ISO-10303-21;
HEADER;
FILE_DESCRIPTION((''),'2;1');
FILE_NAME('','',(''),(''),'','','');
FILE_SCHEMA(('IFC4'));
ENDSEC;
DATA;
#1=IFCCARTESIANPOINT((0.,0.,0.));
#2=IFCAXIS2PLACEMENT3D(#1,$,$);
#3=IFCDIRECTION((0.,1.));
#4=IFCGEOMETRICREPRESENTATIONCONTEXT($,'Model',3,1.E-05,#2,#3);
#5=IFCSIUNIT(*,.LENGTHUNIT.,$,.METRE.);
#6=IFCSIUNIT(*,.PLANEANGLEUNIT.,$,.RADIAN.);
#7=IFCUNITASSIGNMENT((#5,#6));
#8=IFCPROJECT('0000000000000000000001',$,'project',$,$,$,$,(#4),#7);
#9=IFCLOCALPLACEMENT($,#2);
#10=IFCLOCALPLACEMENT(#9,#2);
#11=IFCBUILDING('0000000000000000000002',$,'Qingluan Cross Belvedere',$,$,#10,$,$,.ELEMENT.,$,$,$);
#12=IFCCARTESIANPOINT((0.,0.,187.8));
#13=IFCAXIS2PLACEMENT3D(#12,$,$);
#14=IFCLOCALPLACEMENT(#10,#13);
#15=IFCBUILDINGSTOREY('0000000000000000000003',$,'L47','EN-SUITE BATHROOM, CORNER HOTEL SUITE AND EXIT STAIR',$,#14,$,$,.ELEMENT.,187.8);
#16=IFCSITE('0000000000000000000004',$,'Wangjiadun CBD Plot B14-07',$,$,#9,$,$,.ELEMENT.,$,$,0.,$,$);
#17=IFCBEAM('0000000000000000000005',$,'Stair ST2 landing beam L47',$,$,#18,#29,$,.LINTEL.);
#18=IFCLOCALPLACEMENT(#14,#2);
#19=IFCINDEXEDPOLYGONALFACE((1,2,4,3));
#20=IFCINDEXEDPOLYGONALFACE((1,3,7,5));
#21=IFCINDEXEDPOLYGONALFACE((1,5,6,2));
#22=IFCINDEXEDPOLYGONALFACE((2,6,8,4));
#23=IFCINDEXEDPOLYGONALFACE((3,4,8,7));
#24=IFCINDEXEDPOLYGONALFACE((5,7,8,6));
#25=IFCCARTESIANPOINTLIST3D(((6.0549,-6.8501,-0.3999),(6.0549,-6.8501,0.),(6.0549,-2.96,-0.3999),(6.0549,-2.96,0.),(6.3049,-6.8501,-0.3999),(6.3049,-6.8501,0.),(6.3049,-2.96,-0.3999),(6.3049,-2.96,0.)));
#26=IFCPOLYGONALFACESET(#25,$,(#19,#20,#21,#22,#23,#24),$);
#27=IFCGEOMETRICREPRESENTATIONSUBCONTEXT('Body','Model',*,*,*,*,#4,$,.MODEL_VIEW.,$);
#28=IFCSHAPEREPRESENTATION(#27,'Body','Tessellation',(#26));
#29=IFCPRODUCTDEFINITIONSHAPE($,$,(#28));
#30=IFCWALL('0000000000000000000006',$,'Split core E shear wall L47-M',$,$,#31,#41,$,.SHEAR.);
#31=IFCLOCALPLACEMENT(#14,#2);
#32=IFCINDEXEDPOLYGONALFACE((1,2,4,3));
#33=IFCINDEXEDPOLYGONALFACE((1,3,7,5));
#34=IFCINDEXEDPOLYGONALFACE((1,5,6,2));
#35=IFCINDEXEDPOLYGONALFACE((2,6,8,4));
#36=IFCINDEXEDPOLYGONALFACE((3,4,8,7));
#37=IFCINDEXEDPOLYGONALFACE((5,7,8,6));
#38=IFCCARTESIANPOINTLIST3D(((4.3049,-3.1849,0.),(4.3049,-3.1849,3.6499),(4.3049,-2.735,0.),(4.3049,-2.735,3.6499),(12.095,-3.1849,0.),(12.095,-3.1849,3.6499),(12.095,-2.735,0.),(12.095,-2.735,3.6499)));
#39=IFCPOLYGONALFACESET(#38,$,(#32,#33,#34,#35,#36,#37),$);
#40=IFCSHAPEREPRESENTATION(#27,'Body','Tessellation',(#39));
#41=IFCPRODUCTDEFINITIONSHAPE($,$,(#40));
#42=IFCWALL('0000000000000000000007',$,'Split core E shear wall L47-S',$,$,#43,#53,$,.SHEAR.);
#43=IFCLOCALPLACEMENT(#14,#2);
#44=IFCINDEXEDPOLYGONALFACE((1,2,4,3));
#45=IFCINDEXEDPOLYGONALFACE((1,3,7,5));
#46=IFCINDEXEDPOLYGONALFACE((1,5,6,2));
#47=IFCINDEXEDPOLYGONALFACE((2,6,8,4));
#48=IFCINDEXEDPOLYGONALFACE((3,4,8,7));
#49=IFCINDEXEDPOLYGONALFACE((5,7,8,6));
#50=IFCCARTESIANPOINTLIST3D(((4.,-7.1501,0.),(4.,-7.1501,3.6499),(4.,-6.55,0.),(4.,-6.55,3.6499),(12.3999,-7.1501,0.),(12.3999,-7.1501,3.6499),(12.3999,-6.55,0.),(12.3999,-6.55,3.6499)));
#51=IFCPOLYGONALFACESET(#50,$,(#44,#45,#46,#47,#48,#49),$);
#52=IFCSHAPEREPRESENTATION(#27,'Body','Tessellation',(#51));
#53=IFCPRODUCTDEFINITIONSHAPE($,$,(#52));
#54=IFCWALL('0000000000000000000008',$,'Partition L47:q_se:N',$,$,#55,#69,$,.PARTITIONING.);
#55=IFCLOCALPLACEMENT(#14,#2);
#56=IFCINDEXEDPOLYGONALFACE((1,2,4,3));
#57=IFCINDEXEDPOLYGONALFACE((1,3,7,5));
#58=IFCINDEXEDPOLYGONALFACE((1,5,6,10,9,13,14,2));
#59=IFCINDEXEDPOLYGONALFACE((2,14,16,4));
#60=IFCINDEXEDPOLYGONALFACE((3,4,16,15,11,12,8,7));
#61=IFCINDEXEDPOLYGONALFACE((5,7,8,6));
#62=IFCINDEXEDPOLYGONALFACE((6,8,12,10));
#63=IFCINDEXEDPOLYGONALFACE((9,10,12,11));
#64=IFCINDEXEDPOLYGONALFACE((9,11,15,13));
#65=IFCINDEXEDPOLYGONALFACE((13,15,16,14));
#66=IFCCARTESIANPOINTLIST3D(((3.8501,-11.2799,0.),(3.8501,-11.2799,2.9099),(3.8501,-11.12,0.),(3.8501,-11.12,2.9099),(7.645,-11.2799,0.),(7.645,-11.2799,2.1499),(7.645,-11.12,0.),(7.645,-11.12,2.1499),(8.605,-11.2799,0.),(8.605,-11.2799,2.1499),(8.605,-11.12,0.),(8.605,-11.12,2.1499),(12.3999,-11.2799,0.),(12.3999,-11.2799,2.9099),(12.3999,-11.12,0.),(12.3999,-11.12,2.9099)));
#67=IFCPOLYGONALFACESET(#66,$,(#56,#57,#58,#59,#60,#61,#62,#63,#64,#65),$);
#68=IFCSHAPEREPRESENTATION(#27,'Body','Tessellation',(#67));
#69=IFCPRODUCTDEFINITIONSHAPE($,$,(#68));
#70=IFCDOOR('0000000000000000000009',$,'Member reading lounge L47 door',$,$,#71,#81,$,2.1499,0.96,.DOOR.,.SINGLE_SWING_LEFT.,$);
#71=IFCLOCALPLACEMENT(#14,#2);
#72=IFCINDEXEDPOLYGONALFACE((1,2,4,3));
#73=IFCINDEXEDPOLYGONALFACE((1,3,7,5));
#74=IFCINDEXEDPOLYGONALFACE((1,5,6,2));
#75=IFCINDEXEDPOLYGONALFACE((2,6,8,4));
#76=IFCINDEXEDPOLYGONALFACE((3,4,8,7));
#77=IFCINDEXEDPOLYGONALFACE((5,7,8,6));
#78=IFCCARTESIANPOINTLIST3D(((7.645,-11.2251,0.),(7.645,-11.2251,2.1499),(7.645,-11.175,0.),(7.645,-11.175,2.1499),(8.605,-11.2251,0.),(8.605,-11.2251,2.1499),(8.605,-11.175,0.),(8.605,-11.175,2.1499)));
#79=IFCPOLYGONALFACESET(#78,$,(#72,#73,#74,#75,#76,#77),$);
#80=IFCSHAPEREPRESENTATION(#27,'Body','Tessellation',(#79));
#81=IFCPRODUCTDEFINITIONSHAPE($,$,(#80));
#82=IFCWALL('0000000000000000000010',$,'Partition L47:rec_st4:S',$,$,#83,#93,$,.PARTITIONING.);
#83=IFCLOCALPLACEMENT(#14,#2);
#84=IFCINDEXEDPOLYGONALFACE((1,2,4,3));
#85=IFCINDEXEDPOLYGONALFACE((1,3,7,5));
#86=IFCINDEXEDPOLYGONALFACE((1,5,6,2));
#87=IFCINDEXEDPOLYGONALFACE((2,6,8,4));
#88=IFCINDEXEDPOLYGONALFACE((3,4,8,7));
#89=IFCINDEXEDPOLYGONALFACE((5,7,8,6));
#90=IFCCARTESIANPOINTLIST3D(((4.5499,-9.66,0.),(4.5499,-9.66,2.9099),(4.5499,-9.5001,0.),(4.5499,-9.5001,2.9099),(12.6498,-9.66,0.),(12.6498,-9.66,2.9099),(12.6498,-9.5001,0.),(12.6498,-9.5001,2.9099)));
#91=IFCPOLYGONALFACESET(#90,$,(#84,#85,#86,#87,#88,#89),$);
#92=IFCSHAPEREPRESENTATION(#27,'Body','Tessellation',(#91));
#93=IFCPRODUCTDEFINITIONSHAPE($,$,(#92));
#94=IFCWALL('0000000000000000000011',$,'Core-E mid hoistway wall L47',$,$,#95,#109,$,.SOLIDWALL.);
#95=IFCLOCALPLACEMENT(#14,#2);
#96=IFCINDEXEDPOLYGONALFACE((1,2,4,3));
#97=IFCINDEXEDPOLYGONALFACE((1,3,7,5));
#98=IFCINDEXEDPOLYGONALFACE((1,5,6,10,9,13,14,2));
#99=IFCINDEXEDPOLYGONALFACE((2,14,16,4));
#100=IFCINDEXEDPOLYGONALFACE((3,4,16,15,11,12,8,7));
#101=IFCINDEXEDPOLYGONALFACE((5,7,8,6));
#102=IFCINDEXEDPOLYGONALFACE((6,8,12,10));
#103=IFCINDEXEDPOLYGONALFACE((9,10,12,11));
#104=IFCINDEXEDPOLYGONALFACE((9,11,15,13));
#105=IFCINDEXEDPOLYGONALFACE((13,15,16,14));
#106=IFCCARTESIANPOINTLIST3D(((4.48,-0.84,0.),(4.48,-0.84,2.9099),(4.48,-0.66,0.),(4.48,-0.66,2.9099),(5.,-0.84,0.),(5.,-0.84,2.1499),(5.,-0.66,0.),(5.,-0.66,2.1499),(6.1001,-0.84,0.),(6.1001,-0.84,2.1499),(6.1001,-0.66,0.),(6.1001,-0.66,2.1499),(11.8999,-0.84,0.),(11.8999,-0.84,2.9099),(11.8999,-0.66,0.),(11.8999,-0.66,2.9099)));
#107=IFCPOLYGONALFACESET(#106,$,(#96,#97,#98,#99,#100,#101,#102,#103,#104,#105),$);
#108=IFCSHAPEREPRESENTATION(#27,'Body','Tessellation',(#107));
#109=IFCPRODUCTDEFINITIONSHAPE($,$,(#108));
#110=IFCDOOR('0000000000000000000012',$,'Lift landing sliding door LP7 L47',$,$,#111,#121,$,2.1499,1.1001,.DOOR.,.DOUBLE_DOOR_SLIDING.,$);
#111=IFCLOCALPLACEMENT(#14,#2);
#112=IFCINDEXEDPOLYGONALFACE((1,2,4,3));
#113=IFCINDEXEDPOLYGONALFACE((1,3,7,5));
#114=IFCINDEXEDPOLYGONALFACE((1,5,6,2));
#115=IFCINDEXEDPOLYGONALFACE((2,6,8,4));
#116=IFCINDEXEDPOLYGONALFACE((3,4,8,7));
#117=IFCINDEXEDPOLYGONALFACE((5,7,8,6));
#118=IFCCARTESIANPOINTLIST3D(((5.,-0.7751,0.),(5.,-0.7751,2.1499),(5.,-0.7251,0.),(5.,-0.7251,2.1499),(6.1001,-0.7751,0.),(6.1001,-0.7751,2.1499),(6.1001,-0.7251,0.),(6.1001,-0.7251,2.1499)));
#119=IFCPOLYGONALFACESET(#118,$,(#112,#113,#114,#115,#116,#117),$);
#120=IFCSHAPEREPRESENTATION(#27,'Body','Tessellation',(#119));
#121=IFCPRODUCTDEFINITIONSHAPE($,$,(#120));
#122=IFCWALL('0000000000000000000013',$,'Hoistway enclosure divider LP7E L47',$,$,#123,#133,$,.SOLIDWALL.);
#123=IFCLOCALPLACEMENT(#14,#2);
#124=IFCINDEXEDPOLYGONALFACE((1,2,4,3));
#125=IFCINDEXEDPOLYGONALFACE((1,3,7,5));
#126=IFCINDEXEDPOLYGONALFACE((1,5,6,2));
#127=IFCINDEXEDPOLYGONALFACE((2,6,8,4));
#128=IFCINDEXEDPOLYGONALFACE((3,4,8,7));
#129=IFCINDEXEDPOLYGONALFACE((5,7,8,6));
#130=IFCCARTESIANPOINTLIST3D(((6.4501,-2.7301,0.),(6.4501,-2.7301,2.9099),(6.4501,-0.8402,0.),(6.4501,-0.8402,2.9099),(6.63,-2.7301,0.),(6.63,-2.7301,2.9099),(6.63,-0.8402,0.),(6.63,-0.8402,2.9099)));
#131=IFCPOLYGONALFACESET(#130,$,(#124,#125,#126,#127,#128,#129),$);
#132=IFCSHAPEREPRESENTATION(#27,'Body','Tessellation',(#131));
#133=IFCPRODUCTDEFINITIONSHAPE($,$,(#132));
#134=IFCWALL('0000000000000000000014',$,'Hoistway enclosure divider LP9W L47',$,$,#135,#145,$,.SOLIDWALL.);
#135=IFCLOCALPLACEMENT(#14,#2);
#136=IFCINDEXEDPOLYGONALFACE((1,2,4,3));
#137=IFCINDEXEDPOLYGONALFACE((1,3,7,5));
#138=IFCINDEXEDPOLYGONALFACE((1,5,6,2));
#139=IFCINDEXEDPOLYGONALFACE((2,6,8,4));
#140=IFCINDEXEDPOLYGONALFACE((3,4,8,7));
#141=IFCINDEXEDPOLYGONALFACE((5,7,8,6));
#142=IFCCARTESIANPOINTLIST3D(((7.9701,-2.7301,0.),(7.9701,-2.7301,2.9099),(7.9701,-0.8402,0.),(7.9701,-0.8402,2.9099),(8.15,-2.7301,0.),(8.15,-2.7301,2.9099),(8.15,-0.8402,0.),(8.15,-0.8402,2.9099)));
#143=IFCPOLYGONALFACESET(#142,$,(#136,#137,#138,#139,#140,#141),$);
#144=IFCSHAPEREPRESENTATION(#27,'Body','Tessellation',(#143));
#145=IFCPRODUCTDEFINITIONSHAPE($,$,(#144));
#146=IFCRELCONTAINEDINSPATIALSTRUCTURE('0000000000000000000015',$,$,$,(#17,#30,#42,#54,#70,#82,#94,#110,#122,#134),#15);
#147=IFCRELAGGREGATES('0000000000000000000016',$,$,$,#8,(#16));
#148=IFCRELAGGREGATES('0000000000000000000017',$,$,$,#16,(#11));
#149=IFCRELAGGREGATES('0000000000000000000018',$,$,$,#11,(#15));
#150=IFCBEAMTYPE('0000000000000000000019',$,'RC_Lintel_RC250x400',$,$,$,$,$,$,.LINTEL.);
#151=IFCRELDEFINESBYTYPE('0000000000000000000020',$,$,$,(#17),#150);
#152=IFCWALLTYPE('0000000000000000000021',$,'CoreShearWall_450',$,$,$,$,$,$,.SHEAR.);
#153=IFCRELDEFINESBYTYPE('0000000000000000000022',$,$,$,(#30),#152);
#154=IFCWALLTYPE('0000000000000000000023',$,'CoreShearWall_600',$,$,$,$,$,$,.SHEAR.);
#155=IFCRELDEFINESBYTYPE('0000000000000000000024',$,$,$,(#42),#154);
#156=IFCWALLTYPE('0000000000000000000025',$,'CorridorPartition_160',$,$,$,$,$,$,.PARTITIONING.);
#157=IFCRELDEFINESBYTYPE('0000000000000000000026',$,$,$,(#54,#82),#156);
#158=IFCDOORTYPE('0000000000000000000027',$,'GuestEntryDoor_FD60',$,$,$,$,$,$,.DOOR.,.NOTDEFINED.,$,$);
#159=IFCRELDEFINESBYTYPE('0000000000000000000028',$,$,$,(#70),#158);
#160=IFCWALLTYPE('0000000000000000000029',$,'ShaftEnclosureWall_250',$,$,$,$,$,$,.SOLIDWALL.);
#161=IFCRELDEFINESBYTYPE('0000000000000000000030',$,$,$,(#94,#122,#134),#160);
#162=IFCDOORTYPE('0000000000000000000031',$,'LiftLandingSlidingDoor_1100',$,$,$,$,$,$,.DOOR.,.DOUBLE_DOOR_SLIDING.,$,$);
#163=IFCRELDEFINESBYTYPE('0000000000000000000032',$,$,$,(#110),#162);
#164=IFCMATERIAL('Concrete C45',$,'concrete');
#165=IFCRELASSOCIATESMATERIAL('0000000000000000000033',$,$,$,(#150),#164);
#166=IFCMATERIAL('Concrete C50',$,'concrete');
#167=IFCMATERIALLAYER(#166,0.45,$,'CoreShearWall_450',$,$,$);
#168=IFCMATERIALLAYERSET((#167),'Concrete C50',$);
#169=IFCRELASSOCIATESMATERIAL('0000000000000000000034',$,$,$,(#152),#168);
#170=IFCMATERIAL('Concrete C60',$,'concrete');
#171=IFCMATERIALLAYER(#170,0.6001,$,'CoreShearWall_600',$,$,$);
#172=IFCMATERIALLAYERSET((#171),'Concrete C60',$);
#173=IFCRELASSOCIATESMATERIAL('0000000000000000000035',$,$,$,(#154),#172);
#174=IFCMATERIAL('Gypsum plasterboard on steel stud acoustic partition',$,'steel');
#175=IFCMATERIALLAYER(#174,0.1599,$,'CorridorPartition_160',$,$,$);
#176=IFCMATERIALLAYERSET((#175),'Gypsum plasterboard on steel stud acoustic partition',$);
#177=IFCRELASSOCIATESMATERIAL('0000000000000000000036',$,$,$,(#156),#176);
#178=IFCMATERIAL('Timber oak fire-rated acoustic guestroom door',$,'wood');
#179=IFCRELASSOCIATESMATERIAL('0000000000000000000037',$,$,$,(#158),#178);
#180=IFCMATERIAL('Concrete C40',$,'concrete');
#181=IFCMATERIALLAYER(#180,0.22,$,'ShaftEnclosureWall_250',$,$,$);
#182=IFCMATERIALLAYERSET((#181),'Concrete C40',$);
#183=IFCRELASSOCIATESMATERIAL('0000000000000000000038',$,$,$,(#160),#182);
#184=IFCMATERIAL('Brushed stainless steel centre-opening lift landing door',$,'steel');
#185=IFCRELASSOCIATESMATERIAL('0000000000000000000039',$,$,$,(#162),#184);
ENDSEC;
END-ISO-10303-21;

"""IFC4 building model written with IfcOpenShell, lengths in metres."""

from ifc_helpers import new_model, si_unit, direction, frame, frame_2d, origin, origin_2d, place, context, subcontext, project, spatial, rectangle, extrude, material, layer, layer_set, material_profile, profile_set, type_object, element, fill, save


model = new_model("IFC4")

# Units and contexts
model_context = context("Model", 3, precision=1e-05, world=origin(), true_north=direction((0.0, 1.0)))
body_context = subcontext(model_context, "Body", "Model", "MODEL_VIEW")
ifc_project = project(units=[si_unit("LENGTHUNIT", "METRE"), si_unit("PLANEANGLEUNIT", "RADIAN")], contexts=[model_context])

# Site, building, storey
site_placement = place(None, origin())
site = spatial("IfcSite", under=ifc_project, at=site_placement, Name="Wangjiadun CBD Plot B14-07", CompositionType="ELEMENT", RefElevation=0.0)
building_placement = place(site_placement, origin())
building = spatial("IfcBuilding", under=site, at=building_placement, Name="Qingluan Cross Belvedere", CompositionType="ELEMENT")
storey_placement = place(building_placement, frame((0.0, 0.0, 187.8)))
storey = spatial("IfcBuildingStorey", under=building, at=storey_placement, Name="L47", Description="EN-SUITE BATHROOM, CORNER HOTEL SUITE AND EXIT STAIR", CompositionType="ELEMENT", Elevation=187.8)

# Beam
ifc_material_1 = material(Name="Concrete C45", Category="concrete")
ifc_material_profile = material_profile(ifc_material_1, rectangle(XDim=0.25, YDim=0.3999, at=origin_2d()), Name="RC250x400")
ifc_profile_set = profile_set([ifc_material_profile], Name="Concrete C45")
beam_type = type_object("IfcBeamType", Name="RC_Lintel_RC250x400", PredefinedType="LINTEL", material=ifc_profile_set)
beam_placement = place(storey_placement, frame((6.1799, -6.8501, -0.2), z_axis=(0.0, 1.0, 0.0), x_axis=(-1.0, 0.0, 0.0)))
element("IfcBeam", 1, at=beam_placement, inside=storey, type_object=beam_type, Name="Stair ST2 landing beam L47", PredefinedType="LINTEL", context=body_context, shape_type="SweptSolid", body=[
    extrude(rectangle(XDim=0.25, YDim=0.3999, at=origin_2d()), origin(), (0.0, 0.0, 1.0), 3.8901),
])

# Walls
ifc_material_2 = material(Name="Concrete C50", Category="concrete")
ifc_layer_1 = layer(ifc_material_2, 0.45, Name="CoreShearWall_450")
ifc_layer_set_1 = layer_set([ifc_layer_1], Name="Concrete C50")
wall_type_1 = type_object("IfcWallType", Name="CoreShearWall_450", PredefinedType="SHEAR", material=ifc_layer_set_1)
wall_1_placement = place(storey_placement, frame((4.3049, -2.96, 0.0), z_axis=(0.0, 0.0, 1.0), x_axis=(1.0, 0.0, 0.0)))
element("IfcWall", 2, at=wall_1_placement, inside=storey, type_object=wall_type_1, Name="Split core E shear wall L47-M", PredefinedType="SHEAR", context=body_context, shape_type="SweptSolid", body=[
    extrude(rectangle(XDim=7.79, YDim=0.45, at=frame_2d((3.895, 0.0))), origin(), (0.0, 0.0, 1.0), 3.6499),
])
ifc_material_3 = material(Name="Concrete C60", Category="concrete")
ifc_layer_2 = layer(ifc_material_3, 0.6001, Name="CoreShearWall_600")
ifc_layer_set_2 = layer_set([ifc_layer_2], Name="Concrete C60")
wall_type_2 = type_object("IfcWallType", Name="CoreShearWall_600", PredefinedType="SHEAR", material=ifc_layer_set_2)
wall_2_placement = place(storey_placement, frame((4.0, -6.8501, 0.0), z_axis=(0.0, 0.0, 1.0), x_axis=(1.0, 0.0, 0.0)))
element("IfcWall", 3, at=wall_2_placement, inside=storey, type_object=wall_type_2, Name="Split core E shear wall L47-S", PredefinedType="SHEAR", context=body_context, shape_type="SweptSolid", body=[
    extrude(rectangle(XDim=8.3999, YDim=0.6001, at=frame_2d((4.2, 0.0))), origin(), (0.0, 0.0, 1.0), 3.6499),
])

# Wall, opening, door
ifc_material_4 = material(Name="Gypsum plasterboard on steel stud acoustic partition", Category="steel")
ifc_layer_3 = layer(ifc_material_4, 0.1599, Name="CorridorPartition_160")
ifc_layer_set_3 = layer_set([ifc_layer_3], Name="Gypsum plasterboard on steel stud acoustic partition")
wall_type_3 = type_object("IfcWallType", Name="CorridorPartition_160", PredefinedType="PARTITIONING", material=ifc_layer_set_3)
wall_3_placement = place(storey_placement, frame((3.8501, -11.2, 0.0), z_axis=(0.0, 0.0, 1.0), x_axis=(1.0, 0.0, 0.0)))
wall_3 = element("IfcWall", 4, at=wall_3_placement, inside=storey, type_object=wall_type_3, Name="Partition L47:q_se:N", PredefinedType="PARTITIONING", context=body_context, shape_type="SweptSolid", body=[
    extrude(rectangle(XDim=8.5498, YDim=0.1599, at=frame_2d((4.2749, 0.0))), origin(), (0.0, 0.0, 1.0), 2.9099),
])
opening_1_placement = place(wall_3_placement, frame((3.7949, 0.0, 0.0)))
opening_1 = element("IfcOpeningElement", 5, at=opening_1_placement, cuts=wall_3, PredefinedType="OPENING", context=body_context, shape_type="SweptSolid", body=[
    extrude(rectangle(XDim=0.96, YDim=2.1499, at=frame_2d((0.48, 1.075))), frame((0.0, 0.0898, 0.0), z_axis=(0.0, -1.0, 0.0), x_axis=(1.0, 0.0, 0.0)), (0.0, 0.0, 1.0), 0.1799),
])
ifc_material_5 = material(Name="Timber oak fire-rated acoustic guestroom door", Category="wood")
door_type_1 = type_object("IfcDoorType", Name="GuestEntryDoor_FD60", OperationType="NOTDEFINED", PredefinedType="DOOR", material=ifc_material_5)
door_1_placement = place(opening_1_placement, origin())
door_1 = element("IfcDoor", 6, at=door_1_placement, inside=storey, type_object=door_type_1, Name="Member reading lounge L47 door", OperationType="SINGLE_SWING_LEFT", OverallHeight=2.1499, OverallWidth=0.96, PredefinedType="DOOR", context=body_context, shape_type="SweptSolid", body=[
    extrude(rectangle(XDim=0.96, YDim=2.1499, at=frame_2d((0.48, 1.075))), frame((0.0, 0.0249, 0.0), z_axis=(0.0, -1.0, 0.0), x_axis=(1.0, 0.0, 0.0)), (0.0, 0.0, 1.0), 0.05),
])
fill(opening_1, door_1)

# Wall
wall_4_placement = place(storey_placement, frame((4.55, -9.5801, 0.0), z_axis=(0.0, 0.0, 1.0), x_axis=(1.0, 0.0, 0.0)))
element("IfcWall", 7, at=wall_4_placement, inside=storey, type_object=wall_type_3, Name="Partition L47:rec_st4:S", PredefinedType="PARTITIONING", context=body_context, shape_type="SweptSolid", body=[
    extrude(rectangle(XDim=8.0999, YDim=0.1599, at=frame_2d((4.0498, 0.0))), origin(), (0.0, 0.0, 1.0), 2.9099),
])

# Wall, opening, door
ifc_material_6 = material(Name="Concrete C40", Category="concrete")
ifc_layer_4 = layer(ifc_material_6, 0.22, Name="ShaftEnclosureWall_250")
ifc_layer_set_4 = layer_set([ifc_layer_4], Name="Concrete C40")
wall_type_4 = type_object("IfcWallType", Name="ShaftEnclosureWall_250", PredefinedType="SOLIDWALL", material=ifc_layer_set_4)
wall_5_placement = place(storey_placement, frame((4.48, -0.75, 0.0), z_axis=(0.0, 0.0, 1.0), x_axis=(1.0, 0.0, 0.0)))
wall_5 = element("IfcWall", 8, at=wall_5_placement, inside=storey, type_object=wall_type_4, Name="Core-E mid hoistway wall L47", PredefinedType="SOLIDWALL", context=body_context, shape_type="SweptSolid", body=[
    extrude(rectangle(XDim=7.4199, YDim=0.1799, at=frame_2d((3.71, 0.0))), origin(), (0.0, 0.0, 1.0), 2.9099),
])
opening_2_placement = place(wall_5_placement, frame((0.52, 0.0, 0.0)))
opening_2 = element("IfcOpeningElement", 9, at=opening_2_placement, cuts=wall_5, PredefinedType="OPENING", context=body_context, shape_type="SweptSolid", body=[
    extrude(rectangle(XDim=1.1001, YDim=2.1499, at=frame_2d((0.55, 1.075))), frame((0.0, 0.0999, 0.0), z_axis=(0.0, -1.0, 0.0), x_axis=(1.0, 0.0, 0.0)), (0.0, 0.0, 1.0), 0.2),
])
ifc_material_7 = material(Name="Brushed stainless steel centre-opening lift landing door", Category="steel")
door_type_2 = type_object("IfcDoorType", Name="LiftLandingSlidingDoor_1100", OperationType="DOUBLE_DOOR_SLIDING", PredefinedType="DOOR", material=ifc_material_7)
door_2_placement = place(opening_2_placement, origin())
door_2 = element("IfcDoor", 10, at=door_2_placement, inside=storey, type_object=door_type_2, Name="Lift landing sliding door LP7 L47", OperationType="DOUBLE_DOOR_SLIDING", OverallHeight=2.1499, OverallWidth=1.1001, PredefinedType="DOOR", context=body_context, shape_type="SweptSolid", body=[
    extrude(rectangle(XDim=1.1001, YDim=2.1499, at=frame_2d((0.55, 1.075))), frame((0.0, 0.0249, 0.0), z_axis=(0.0, -1.0, 0.0), x_axis=(1.0, 0.0, 0.0)), (0.0, 0.0, 1.0), 0.05),
])
fill(opening_2, door_2)

# Walls
for number, where, z_axis, x_axis, name in (
    (11, (6.54, -2.73, 0.0), (0.0, 0.0, 1.0), (0.0, 1.0, 0.0), "Hoistway enclosure divider LP7E L47"),
    (12, (8.0601, -2.73, 0.0), (0.0, 0.0, 1.0), (0.0, 1.0, 0.0), "Hoistway enclosure divider LP9W L47"),
):
    element("IfcWall", number, at=place(storey_placement, frame(where, z_axis=z_axis, x_axis=x_axis)), inside=storey, type_object=wall_type_4, Name=name, PredefinedType="SOLIDWALL", context=body_context, shape_type="SweptSolid", body=[
        extrude(rectangle(XDim=1.8899, YDim=0.1799, at=frame_2d((0.9448, 0.0))), origin(), (0.0, 0.0, 1.0), 2.9099),
    ])

save(model, "model.ifc")
